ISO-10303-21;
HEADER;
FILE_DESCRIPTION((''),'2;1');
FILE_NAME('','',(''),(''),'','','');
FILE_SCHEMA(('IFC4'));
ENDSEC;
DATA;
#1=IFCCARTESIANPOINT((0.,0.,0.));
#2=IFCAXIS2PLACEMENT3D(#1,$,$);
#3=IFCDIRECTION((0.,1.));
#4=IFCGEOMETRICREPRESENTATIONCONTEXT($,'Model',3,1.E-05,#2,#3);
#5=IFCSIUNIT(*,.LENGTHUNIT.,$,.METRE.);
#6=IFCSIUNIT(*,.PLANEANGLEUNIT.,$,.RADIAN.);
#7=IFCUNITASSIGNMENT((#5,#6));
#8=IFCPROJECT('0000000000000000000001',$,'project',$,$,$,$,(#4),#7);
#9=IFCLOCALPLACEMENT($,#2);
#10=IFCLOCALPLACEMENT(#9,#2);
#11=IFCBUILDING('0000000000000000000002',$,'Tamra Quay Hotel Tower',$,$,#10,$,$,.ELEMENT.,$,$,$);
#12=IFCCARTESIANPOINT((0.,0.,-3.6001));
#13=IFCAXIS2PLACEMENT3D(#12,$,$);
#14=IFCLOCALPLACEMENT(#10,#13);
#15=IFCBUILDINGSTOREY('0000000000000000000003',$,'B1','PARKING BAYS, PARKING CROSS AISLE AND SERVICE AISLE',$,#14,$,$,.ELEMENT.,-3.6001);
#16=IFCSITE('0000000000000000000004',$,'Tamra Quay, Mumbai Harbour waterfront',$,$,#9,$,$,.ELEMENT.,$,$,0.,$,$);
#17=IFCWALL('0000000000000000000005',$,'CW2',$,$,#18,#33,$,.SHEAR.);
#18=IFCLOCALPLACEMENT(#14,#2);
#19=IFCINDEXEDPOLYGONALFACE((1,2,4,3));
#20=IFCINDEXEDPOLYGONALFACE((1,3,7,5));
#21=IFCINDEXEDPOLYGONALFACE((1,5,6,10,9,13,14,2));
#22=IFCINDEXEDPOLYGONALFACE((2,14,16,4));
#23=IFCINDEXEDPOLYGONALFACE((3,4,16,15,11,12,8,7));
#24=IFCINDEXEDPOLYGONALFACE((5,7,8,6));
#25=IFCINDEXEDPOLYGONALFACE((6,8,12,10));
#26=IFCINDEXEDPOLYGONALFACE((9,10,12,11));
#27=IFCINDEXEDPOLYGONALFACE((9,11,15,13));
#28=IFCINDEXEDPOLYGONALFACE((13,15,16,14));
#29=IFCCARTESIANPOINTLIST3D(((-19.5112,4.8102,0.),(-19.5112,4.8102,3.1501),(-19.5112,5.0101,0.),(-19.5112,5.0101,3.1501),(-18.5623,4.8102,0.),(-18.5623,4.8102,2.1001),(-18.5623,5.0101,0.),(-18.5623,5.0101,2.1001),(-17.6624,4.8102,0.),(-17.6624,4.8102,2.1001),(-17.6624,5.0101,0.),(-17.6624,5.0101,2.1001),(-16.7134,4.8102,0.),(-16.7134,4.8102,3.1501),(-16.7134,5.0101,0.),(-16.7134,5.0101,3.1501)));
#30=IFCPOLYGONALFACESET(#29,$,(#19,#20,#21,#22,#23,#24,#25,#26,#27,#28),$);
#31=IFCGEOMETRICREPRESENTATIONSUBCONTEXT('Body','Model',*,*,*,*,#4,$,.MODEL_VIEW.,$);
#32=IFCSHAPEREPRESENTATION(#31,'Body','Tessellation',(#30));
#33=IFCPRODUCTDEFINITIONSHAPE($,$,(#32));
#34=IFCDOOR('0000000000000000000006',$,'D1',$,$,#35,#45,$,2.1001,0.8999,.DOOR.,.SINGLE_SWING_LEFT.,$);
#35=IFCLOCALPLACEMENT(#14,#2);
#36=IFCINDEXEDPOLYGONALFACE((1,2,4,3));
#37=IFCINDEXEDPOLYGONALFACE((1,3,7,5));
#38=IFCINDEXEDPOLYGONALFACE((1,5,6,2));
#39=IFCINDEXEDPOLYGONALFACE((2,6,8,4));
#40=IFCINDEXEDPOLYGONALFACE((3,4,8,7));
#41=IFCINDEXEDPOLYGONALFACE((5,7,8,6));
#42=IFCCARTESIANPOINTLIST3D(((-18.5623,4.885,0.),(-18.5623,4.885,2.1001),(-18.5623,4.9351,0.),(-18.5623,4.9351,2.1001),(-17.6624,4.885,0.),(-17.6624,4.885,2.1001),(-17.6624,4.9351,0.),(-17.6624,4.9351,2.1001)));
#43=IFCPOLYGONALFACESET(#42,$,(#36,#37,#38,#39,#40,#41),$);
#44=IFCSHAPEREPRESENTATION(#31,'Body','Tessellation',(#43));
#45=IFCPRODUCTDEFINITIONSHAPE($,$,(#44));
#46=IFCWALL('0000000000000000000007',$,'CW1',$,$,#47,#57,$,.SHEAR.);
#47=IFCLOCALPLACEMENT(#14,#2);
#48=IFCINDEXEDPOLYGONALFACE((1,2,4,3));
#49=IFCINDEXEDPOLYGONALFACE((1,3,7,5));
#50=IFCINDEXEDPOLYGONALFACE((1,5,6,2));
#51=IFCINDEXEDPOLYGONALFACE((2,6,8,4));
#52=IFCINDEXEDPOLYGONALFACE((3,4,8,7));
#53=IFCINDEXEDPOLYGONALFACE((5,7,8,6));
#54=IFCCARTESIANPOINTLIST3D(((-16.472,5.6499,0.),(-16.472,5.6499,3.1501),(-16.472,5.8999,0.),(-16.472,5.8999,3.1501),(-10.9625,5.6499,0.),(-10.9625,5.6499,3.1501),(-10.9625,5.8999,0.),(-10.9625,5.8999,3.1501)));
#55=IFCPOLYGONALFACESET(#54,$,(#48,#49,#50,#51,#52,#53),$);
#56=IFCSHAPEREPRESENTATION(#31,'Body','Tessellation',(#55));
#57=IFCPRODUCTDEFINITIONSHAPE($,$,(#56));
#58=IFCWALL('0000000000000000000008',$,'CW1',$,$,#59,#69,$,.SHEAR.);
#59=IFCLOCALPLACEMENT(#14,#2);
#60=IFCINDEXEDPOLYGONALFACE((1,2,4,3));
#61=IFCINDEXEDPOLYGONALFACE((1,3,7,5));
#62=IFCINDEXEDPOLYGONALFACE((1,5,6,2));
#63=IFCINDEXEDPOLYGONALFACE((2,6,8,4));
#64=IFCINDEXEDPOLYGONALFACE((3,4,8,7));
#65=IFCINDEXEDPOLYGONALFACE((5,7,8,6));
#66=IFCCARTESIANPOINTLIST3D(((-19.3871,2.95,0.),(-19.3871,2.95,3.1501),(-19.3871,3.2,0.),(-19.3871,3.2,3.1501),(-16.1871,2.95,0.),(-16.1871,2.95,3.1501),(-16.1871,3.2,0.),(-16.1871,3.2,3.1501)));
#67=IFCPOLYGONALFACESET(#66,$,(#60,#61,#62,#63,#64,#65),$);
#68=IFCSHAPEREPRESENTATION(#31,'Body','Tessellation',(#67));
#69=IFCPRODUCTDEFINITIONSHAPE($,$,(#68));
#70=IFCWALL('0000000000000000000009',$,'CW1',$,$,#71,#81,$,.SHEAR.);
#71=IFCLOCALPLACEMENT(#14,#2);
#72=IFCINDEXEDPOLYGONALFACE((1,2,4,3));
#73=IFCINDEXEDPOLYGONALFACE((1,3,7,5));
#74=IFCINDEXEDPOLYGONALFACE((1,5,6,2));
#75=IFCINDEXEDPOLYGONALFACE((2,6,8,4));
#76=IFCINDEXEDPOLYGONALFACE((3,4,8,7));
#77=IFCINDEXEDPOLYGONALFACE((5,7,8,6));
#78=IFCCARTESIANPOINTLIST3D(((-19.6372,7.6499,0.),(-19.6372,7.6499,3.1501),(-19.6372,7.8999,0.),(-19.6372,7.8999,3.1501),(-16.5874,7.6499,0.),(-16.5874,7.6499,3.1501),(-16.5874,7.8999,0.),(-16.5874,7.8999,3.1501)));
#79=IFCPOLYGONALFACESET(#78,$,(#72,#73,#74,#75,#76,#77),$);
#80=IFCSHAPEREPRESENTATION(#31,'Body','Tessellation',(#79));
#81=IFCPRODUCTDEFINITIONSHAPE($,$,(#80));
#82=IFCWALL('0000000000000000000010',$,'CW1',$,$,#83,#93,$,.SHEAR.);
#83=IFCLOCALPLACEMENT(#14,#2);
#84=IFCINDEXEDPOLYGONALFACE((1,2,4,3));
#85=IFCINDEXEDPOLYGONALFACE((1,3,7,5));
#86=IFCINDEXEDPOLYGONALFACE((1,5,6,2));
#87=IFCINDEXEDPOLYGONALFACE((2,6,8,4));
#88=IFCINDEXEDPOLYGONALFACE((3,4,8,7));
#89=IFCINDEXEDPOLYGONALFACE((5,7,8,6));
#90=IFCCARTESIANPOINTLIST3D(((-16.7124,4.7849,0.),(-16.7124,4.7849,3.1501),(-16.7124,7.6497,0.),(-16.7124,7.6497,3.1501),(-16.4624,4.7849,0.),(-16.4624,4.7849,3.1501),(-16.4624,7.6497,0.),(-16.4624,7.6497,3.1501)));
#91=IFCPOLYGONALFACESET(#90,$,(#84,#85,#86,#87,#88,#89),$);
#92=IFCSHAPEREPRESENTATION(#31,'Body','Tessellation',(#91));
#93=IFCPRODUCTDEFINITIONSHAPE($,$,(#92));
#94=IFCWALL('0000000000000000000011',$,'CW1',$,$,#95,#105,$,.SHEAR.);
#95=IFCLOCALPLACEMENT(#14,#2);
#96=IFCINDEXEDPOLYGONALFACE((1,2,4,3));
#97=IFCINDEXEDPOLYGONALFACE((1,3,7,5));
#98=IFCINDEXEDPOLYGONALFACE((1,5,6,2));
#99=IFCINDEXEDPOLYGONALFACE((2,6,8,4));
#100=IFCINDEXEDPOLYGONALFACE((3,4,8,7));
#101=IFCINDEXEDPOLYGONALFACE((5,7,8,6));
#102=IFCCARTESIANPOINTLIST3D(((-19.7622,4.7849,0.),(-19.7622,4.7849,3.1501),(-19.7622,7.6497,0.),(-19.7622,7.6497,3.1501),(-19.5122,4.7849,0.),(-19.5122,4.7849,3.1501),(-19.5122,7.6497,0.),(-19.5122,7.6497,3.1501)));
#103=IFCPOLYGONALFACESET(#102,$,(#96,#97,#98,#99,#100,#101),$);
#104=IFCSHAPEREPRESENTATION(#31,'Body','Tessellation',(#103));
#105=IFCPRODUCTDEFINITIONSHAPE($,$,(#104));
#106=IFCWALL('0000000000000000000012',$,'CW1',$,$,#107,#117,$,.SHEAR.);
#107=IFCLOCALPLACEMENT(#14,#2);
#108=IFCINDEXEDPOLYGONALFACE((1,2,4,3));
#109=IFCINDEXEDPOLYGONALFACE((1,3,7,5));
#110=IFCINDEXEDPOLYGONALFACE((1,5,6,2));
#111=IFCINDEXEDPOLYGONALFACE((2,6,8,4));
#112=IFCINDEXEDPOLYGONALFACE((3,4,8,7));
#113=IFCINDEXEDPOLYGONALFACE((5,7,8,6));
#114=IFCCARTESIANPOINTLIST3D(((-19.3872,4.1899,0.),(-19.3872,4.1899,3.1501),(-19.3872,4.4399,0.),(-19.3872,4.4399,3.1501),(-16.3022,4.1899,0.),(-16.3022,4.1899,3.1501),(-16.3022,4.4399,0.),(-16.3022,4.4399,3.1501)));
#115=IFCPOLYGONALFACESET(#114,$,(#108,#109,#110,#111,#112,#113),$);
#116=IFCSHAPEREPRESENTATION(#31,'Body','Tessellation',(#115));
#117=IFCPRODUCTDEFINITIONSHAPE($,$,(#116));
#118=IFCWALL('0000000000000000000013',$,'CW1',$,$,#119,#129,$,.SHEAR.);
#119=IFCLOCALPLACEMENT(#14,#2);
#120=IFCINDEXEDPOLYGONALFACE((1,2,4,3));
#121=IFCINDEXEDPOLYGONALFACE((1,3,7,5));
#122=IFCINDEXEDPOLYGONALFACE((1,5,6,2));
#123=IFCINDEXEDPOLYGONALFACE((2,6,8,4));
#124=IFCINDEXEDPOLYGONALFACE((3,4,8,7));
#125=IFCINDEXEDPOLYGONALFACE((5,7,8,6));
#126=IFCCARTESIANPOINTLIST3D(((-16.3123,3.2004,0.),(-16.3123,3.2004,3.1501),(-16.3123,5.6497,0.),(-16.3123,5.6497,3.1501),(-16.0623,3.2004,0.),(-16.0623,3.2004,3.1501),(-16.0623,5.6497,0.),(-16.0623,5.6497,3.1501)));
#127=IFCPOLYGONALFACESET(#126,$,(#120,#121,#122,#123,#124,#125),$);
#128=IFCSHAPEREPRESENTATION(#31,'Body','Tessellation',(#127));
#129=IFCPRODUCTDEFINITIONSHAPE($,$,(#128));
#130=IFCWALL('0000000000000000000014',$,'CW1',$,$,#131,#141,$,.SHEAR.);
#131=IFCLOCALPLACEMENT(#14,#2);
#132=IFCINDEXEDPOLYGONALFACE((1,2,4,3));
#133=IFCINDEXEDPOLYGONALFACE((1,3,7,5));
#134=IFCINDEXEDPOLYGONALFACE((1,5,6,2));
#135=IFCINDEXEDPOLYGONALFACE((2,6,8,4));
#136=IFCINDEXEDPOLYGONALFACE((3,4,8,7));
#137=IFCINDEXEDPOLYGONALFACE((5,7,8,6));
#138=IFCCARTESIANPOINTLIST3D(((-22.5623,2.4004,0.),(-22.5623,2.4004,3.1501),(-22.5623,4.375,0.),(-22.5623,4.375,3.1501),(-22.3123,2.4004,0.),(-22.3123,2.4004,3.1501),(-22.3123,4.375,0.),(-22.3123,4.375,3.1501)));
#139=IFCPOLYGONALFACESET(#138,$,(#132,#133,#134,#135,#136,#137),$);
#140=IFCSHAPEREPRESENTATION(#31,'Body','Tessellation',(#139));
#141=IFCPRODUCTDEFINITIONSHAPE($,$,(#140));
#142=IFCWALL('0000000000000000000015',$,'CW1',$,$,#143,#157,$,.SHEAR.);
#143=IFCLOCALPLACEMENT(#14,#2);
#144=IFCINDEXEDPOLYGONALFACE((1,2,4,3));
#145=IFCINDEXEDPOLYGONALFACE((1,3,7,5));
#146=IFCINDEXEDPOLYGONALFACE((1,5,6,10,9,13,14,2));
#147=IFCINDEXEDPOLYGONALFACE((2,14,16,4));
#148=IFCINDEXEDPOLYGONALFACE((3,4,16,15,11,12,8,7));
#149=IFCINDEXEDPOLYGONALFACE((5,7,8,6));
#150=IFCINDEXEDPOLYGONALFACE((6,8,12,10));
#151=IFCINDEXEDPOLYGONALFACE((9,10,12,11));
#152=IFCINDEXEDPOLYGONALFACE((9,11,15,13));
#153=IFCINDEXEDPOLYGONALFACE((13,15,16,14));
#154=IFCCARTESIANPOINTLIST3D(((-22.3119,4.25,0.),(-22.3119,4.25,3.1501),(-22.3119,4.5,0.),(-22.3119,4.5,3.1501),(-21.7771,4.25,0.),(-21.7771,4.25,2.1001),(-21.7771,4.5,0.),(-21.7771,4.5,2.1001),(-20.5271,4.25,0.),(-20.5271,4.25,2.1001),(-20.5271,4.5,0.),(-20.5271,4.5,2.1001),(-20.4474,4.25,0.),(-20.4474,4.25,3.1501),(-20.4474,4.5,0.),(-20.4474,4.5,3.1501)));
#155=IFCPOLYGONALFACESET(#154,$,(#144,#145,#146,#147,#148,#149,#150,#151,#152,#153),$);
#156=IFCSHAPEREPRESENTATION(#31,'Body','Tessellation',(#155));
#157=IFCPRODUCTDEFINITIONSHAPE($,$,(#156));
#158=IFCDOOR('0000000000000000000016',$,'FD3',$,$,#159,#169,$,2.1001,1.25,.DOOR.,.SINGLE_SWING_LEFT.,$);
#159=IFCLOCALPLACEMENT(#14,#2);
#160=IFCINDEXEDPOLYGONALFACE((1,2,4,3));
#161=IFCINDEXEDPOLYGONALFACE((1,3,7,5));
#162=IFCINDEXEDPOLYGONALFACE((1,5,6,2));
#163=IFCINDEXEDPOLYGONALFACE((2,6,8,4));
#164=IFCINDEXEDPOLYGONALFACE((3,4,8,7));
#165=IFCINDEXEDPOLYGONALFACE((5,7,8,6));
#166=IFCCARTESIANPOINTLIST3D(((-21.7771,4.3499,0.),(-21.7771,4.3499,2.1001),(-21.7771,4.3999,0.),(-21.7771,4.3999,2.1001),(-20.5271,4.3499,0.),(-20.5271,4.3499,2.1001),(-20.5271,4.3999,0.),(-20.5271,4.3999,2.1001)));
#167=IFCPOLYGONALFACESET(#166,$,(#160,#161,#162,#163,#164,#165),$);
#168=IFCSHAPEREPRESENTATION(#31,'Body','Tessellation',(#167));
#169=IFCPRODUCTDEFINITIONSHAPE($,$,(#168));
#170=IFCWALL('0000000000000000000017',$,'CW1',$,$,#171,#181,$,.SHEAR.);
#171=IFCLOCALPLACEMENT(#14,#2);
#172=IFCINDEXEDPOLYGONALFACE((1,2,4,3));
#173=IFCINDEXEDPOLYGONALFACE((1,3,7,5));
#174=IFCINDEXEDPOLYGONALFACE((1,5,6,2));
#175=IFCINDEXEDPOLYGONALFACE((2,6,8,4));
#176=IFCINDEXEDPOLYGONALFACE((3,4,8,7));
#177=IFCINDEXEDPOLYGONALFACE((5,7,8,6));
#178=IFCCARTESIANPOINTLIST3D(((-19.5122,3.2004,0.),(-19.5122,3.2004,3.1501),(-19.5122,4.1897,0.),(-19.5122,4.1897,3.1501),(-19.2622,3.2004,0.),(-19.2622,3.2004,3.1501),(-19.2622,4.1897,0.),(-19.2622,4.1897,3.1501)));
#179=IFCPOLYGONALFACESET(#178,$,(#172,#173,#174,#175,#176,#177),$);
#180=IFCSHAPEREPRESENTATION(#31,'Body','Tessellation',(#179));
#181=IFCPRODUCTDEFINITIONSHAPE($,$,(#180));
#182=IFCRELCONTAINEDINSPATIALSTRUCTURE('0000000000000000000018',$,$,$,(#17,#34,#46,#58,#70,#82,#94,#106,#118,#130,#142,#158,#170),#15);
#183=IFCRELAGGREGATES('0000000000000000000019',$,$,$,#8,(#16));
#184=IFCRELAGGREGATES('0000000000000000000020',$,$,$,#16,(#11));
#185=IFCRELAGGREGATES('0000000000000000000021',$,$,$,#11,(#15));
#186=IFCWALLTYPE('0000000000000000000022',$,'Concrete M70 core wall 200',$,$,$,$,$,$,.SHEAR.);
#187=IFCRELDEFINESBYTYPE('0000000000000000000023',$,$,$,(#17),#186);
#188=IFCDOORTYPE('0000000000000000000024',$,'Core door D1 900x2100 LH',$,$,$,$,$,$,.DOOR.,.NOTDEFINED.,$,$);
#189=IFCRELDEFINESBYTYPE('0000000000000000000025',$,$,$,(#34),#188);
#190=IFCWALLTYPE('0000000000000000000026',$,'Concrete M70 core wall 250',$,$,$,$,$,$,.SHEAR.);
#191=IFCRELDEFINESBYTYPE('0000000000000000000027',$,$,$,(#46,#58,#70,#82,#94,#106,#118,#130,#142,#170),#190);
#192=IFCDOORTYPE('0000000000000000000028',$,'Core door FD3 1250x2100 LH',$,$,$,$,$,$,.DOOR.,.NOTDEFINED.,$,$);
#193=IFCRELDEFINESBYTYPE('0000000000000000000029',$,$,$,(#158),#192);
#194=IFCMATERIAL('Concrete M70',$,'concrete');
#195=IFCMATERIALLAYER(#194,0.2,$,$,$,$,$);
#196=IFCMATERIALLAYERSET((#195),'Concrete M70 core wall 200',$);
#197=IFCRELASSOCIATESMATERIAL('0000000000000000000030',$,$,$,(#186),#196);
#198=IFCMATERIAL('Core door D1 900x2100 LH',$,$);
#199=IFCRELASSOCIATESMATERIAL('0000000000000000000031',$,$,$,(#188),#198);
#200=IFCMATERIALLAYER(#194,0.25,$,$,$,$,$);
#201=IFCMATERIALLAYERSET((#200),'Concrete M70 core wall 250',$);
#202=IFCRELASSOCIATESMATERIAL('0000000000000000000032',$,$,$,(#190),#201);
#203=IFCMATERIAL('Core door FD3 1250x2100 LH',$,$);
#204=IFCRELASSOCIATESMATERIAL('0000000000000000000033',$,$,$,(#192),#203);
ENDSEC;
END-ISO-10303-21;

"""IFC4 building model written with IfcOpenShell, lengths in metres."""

from ifc_helpers import new_model, si_unit, direction, frame, frame_2d, origin, place, context, subcontext, project, spatial, rectangle, extrude, material, layer, layer_set, type_object, element, fill, save


model = new_model("IFC4")

# Units and contexts
model_context = context("Model", 3, precision=1e-05, world=origin(), true_north=direction((0.0, 1.0)))
body_context = subcontext(model_context, "Body", "Model", "MODEL_VIEW")
ifc_project = project(units=[si_unit("LENGTHUNIT", "METRE"), si_unit("PLANEANGLEUNIT", "RADIAN")], contexts=[model_context])

# Site, building, storey
site_placement = place(None, origin())
site = spatial("IfcSite", under=ifc_project, at=site_placement, Name="Tamra Quay, Mumbai Harbour waterfront", CompositionType="ELEMENT", RefElevation=0.0)
building_placement = place(site_placement, origin())
building = spatial("IfcBuilding", under=site, at=building_placement, Name="Tamra Quay Hotel Tower", CompositionType="ELEMENT")
storey_placement = place(building_placement, frame((0.0, 0.0, -3.6001)))
storey = spatial("IfcBuildingStorey", under=building, at=storey_placement, Name="B1", Description="PARKING BAYS, PARKING CROSS AISLE AND SERVICE AISLE", CompositionType="ELEMENT", Elevation=-3.6001)

# Shared definitions
ifc_material_1 = material(Name="Concrete M70", Category="concrete")

# Shared definitions
ifc_layer_1 = layer(ifc_material_1, 0.2)
ifc_layer_set_1 = layer_set([ifc_layer_1], Name="Concrete M70 core wall 200")
wall_type_1 = type_object("IfcWallType", Name="Concrete M70 core wall 200", PredefinedType="SHEAR", material=ifc_layer_set_1)

# Wall, opening, door
wall_1_placement = place(storey_placement, frame((-19.5112, 4.9102, 0.0), z_axis=(0.0, 0.0, 1.0), x_axis=(1.0, 0.0, 0.0)))
wall_1 = element("IfcWall", 1, at=wall_1_placement, inside=storey, type_object=wall_type_1, Name="CW2", PredefinedType="SHEAR", context=body_context, shape_type="SweptSolid", body=[
    extrude(rectangle(XDim=2.7979, YDim=0.2, at=frame_2d((1.3989, 0.0))), origin(), (0.0, 0.0, 1.0), 3.1501),
])
opening_1_placement = place(wall_1_placement, frame((0.949, 0.0, 0.0)))
opening_1 = element("IfcOpeningElement", 2, at=opening_1_placement, cuts=wall_1, PredefinedType="OPENING", context=body_context, shape_type="SweptSolid", body=[
    extrude(rectangle(XDim=0.8999, YDim=2.1001, at=frame_2d((0.45, 1.05))), frame((0.0, 0.1099, 0.0), z_axis=(0.0, -1.0, 0.0), x_axis=(1.0, 0.0, 0.0)), (0.0, 0.0, 1.0), 0.22),
])
ifc_material_2 = material(Name="Core door D1 900x2100 LH")
door_type_1 = type_object("IfcDoorType", Name="Core door D1 900x2100 LH", OperationType="NOTDEFINED", PredefinedType="DOOR", material=ifc_material_2)
door_1_placement = place(opening_1_placement, origin())
door_1 = element("IfcDoor", 3, at=door_1_placement, inside=storey, type_object=door_type_1, Name="D1", OperationType="SINGLE_SWING_LEFT", OverallHeight=2.1001, OverallWidth=0.8999, PredefinedType="DOOR", context=body_context, shape_type="SweptSolid", body=[
    extrude(rectangle(XDim=0.8999, YDim=2.1001, at=frame_2d((0.45, 1.05))), frame((0.0, 0.0249, 0.0), z_axis=(0.0, -1.0, 0.0), x_axis=(1.0, 0.0, 0.0)), (0.0, 0.0, 1.0), 0.05),
])
fill(opening_1, door_1)

# Walls
ifc_layer_2 = layer(ifc_material_1, 0.25)
ifc_layer_set_2 = layer_set([ifc_layer_2], Name="Concrete M70 core wall 250")
wall_type_2 = type_object("IfcWallType", Name="Concrete M70 core wall 250", PredefinedType="SHEAR", material=ifc_layer_set_2)
wall_2_placement = place(storey_placement, frame((-16.4722, 5.7749, 0.0), z_axis=(0.0, 0.0, 1.0), x_axis=(1.0, 0.0, 0.0)))
element("IfcWall", 4, at=wall_2_placement, inside=storey, type_object=wall_type_2, Name="CW1", PredefinedType="SHEAR", context=body_context, shape_type="SweptSolid", body=[
    extrude(rectangle(XDim=5.5095, YDim=0.25, at=frame_2d((2.7549, 0.0))), origin(), (0.0, 0.0, 1.0), 3.1501),
])
wall_3_placement = place(storey_placement, frame((-19.3872, 3.075, 0.0), z_axis=(0.0, 0.0, 1.0), x_axis=(1.0, 0.0, 0.0)))
element("IfcWall", 5, at=wall_3_placement, inside=storey, type_object=wall_type_2, Name="CW1", PredefinedType="SHEAR", context=body_context, shape_type="SweptSolid", body=[
    extrude(rectangle(XDim=3.2, YDim=0.25, at=frame_2d((1.6001, 0.0))), origin(), (0.0, 0.0, 1.0), 3.1501),
])
wall_4_placement = place(storey_placement, frame((-19.6372, 7.7749, 0.0), z_axis=(0.0, 0.0, 1.0), x_axis=(1.0, 0.0, 0.0)))
element("IfcWall", 6, at=wall_4_placement, inside=storey, type_object=wall_type_2, Name="CW1", PredefinedType="SHEAR", context=body_context, shape_type="SweptSolid", body=[
    extrude(rectangle(XDim=3.0498, YDim=0.25, at=frame_2d((1.5249, 0.0))), origin(), (0.0, 0.0, 1.0), 3.1501),
])
for number, where, z_axis, x_axis, name in (
    (7, (-16.5874, 7.6497, 0.0), (0.0, 0.0, 1.0), (0.0, -1.0, 0.0), "CW1"),
    (8, (-19.6372, 4.7849, 0.0), (0.0, 0.0, 1.0), (0.0, 1.0, 0.0), "CW1"),
):
    element("IfcWall", number, at=place(storey_placement, frame(where, z_axis=z_axis, x_axis=x_axis)), inside=storey, type_object=wall_type_2, Name=name, PredefinedType="SHEAR", context=body_context, shape_type="SweptSolid", body=[
        extrude(rectangle(XDim=2.8647, YDim=0.25, at=frame_2d((1.4324, 0.0))), origin(), (0.0, 0.0, 1.0), 3.1501),
    ])
wall_5_placement = place(storey_placement, frame((-16.3022, 4.3149, 0.0), z_axis=(0.0, 0.0, 1.0), x_axis=(-1.0, 0.0, 0.0)))
element("IfcWall", 9, at=wall_5_placement, inside=storey, type_object=wall_type_2, Name="CW1", PredefinedType="SHEAR", context=body_context, shape_type="SweptSolid", body=[
    extrude(rectangle(XDim=3.085, YDim=0.25, at=frame_2d((1.5425, 0.0))), origin(), (0.0, 0.0, 1.0), 3.1501),
])
wall_6_placement = place(storey_placement, frame((-16.1873, 3.2004, 0.0), z_axis=(0.0, 0.0, 1.0), x_axis=(0.0, 1.0, 0.0)))
element("IfcWall", 10, at=wall_6_placement, inside=storey, type_object=wall_type_2, Name="CW1", PredefinedType="SHEAR", context=body_context, shape_type="SweptSolid", body=[
    extrude(rectangle(XDim=2.4492, YDim=0.25, at=frame_2d((1.2246, 0.0))), origin(), (0.0, 0.0, 1.0), 3.1501),
])
wall_7_placement = place(storey_placement, frame((-22.4373, 2.4004, 0.0), z_axis=(0.0, 0.0, 1.0), x_axis=(0.0, 1.0, 0.0)))
element("IfcWall", 11, at=wall_7_placement, inside=storey, type_object=wall_type_2, Name="CW1", PredefinedType="SHEAR", context=body_context, shape_type="SweptSolid", body=[
    extrude(rectangle(XDim=1.9746, YDim=0.25, at=frame_2d((0.9873, 0.0))), origin(), (0.0, 0.0, 1.0), 3.1501),
])

# Wall, opening, door
wall_8_placement = place(storey_placement, frame((-22.3118, 4.375, 0.0), z_axis=(0.0, 0.0, 1.0), x_axis=(1.0, 0.0, 0.0)))
wall_8 = element("IfcWall", 12, at=wall_8_placement, inside=storey, type_object=wall_type_2, Name="CW1", PredefinedType="SHEAR", context=body_context, shape_type="SweptSolid", body=[
    extrude(rectangle(XDim=1.8645, YDim=0.25, at=frame_2d((0.9321, 0.0))), origin(), (0.0, 0.0, 1.0), 3.1501),
])
opening_2_placement = place(wall_8_placement, frame((0.5347, 0.0, 0.0)))
opening_2 = element("IfcOpeningElement", 13, at=opening_2_placement, cuts=wall_8, PredefinedType="OPENING", context=body_context, shape_type="SweptSolid", body=[
    extrude(rectangle(XDim=1.25, YDim=2.1001, at=frame_2d((0.625, 1.05))), frame((0.0, 0.135, 0.0), z_axis=(0.0, -1.0, 0.0), x_axis=(1.0, 0.0, 0.0)), (0.0, 0.0, 1.0), 0.27),
])
ifc_material_3 = material(Name="Core door FD3 1250x2100 LH")
door_type_2 = type_object("IfcDoorType", Name="Core door FD3 1250x2100 LH", OperationType="NOTDEFINED", PredefinedType="DOOR", material=ifc_material_3)
door_2_placement = place(opening_2_placement, origin())
door_2 = element("IfcDoor", 14, at=door_2_placement, inside=storey, type_object=door_type_2, Name="FD3", OperationType="SINGLE_SWING_LEFT", OverallHeight=2.1001, OverallWidth=1.25, PredefinedType="DOOR", context=body_context, shape_type="SweptSolid", body=[
    extrude(rectangle(XDim=1.25, YDim=2.1001, at=frame_2d((0.625, 1.05))), frame((0.0, 0.0249, 0.0), z_axis=(0.0, -1.0, 0.0), x_axis=(1.0, 0.0, 0.0)), (0.0, 0.0, 1.0), 0.05),
])
fill(opening_2, door_2)

# Wall
wall_9_placement = place(storey_placement, frame((-19.3872, 4.1897, 0.0), z_axis=(0.0, 0.0, 1.0), x_axis=(0.0, -1.0, 0.0)))
element("IfcWall", 15, at=wall_9_placement, inside=storey, type_object=wall_type_2, Name="CW1", PredefinedType="SHEAR", context=body_context, shape_type="SweptSolid", body=[
    extrude(rectangle(XDim=0.9893, YDim=0.25, at=frame_2d((0.4946, 0.0))), origin(), (0.0, 0.0, 1.0), 3.1501),
])

save(model, "model.ifc")
